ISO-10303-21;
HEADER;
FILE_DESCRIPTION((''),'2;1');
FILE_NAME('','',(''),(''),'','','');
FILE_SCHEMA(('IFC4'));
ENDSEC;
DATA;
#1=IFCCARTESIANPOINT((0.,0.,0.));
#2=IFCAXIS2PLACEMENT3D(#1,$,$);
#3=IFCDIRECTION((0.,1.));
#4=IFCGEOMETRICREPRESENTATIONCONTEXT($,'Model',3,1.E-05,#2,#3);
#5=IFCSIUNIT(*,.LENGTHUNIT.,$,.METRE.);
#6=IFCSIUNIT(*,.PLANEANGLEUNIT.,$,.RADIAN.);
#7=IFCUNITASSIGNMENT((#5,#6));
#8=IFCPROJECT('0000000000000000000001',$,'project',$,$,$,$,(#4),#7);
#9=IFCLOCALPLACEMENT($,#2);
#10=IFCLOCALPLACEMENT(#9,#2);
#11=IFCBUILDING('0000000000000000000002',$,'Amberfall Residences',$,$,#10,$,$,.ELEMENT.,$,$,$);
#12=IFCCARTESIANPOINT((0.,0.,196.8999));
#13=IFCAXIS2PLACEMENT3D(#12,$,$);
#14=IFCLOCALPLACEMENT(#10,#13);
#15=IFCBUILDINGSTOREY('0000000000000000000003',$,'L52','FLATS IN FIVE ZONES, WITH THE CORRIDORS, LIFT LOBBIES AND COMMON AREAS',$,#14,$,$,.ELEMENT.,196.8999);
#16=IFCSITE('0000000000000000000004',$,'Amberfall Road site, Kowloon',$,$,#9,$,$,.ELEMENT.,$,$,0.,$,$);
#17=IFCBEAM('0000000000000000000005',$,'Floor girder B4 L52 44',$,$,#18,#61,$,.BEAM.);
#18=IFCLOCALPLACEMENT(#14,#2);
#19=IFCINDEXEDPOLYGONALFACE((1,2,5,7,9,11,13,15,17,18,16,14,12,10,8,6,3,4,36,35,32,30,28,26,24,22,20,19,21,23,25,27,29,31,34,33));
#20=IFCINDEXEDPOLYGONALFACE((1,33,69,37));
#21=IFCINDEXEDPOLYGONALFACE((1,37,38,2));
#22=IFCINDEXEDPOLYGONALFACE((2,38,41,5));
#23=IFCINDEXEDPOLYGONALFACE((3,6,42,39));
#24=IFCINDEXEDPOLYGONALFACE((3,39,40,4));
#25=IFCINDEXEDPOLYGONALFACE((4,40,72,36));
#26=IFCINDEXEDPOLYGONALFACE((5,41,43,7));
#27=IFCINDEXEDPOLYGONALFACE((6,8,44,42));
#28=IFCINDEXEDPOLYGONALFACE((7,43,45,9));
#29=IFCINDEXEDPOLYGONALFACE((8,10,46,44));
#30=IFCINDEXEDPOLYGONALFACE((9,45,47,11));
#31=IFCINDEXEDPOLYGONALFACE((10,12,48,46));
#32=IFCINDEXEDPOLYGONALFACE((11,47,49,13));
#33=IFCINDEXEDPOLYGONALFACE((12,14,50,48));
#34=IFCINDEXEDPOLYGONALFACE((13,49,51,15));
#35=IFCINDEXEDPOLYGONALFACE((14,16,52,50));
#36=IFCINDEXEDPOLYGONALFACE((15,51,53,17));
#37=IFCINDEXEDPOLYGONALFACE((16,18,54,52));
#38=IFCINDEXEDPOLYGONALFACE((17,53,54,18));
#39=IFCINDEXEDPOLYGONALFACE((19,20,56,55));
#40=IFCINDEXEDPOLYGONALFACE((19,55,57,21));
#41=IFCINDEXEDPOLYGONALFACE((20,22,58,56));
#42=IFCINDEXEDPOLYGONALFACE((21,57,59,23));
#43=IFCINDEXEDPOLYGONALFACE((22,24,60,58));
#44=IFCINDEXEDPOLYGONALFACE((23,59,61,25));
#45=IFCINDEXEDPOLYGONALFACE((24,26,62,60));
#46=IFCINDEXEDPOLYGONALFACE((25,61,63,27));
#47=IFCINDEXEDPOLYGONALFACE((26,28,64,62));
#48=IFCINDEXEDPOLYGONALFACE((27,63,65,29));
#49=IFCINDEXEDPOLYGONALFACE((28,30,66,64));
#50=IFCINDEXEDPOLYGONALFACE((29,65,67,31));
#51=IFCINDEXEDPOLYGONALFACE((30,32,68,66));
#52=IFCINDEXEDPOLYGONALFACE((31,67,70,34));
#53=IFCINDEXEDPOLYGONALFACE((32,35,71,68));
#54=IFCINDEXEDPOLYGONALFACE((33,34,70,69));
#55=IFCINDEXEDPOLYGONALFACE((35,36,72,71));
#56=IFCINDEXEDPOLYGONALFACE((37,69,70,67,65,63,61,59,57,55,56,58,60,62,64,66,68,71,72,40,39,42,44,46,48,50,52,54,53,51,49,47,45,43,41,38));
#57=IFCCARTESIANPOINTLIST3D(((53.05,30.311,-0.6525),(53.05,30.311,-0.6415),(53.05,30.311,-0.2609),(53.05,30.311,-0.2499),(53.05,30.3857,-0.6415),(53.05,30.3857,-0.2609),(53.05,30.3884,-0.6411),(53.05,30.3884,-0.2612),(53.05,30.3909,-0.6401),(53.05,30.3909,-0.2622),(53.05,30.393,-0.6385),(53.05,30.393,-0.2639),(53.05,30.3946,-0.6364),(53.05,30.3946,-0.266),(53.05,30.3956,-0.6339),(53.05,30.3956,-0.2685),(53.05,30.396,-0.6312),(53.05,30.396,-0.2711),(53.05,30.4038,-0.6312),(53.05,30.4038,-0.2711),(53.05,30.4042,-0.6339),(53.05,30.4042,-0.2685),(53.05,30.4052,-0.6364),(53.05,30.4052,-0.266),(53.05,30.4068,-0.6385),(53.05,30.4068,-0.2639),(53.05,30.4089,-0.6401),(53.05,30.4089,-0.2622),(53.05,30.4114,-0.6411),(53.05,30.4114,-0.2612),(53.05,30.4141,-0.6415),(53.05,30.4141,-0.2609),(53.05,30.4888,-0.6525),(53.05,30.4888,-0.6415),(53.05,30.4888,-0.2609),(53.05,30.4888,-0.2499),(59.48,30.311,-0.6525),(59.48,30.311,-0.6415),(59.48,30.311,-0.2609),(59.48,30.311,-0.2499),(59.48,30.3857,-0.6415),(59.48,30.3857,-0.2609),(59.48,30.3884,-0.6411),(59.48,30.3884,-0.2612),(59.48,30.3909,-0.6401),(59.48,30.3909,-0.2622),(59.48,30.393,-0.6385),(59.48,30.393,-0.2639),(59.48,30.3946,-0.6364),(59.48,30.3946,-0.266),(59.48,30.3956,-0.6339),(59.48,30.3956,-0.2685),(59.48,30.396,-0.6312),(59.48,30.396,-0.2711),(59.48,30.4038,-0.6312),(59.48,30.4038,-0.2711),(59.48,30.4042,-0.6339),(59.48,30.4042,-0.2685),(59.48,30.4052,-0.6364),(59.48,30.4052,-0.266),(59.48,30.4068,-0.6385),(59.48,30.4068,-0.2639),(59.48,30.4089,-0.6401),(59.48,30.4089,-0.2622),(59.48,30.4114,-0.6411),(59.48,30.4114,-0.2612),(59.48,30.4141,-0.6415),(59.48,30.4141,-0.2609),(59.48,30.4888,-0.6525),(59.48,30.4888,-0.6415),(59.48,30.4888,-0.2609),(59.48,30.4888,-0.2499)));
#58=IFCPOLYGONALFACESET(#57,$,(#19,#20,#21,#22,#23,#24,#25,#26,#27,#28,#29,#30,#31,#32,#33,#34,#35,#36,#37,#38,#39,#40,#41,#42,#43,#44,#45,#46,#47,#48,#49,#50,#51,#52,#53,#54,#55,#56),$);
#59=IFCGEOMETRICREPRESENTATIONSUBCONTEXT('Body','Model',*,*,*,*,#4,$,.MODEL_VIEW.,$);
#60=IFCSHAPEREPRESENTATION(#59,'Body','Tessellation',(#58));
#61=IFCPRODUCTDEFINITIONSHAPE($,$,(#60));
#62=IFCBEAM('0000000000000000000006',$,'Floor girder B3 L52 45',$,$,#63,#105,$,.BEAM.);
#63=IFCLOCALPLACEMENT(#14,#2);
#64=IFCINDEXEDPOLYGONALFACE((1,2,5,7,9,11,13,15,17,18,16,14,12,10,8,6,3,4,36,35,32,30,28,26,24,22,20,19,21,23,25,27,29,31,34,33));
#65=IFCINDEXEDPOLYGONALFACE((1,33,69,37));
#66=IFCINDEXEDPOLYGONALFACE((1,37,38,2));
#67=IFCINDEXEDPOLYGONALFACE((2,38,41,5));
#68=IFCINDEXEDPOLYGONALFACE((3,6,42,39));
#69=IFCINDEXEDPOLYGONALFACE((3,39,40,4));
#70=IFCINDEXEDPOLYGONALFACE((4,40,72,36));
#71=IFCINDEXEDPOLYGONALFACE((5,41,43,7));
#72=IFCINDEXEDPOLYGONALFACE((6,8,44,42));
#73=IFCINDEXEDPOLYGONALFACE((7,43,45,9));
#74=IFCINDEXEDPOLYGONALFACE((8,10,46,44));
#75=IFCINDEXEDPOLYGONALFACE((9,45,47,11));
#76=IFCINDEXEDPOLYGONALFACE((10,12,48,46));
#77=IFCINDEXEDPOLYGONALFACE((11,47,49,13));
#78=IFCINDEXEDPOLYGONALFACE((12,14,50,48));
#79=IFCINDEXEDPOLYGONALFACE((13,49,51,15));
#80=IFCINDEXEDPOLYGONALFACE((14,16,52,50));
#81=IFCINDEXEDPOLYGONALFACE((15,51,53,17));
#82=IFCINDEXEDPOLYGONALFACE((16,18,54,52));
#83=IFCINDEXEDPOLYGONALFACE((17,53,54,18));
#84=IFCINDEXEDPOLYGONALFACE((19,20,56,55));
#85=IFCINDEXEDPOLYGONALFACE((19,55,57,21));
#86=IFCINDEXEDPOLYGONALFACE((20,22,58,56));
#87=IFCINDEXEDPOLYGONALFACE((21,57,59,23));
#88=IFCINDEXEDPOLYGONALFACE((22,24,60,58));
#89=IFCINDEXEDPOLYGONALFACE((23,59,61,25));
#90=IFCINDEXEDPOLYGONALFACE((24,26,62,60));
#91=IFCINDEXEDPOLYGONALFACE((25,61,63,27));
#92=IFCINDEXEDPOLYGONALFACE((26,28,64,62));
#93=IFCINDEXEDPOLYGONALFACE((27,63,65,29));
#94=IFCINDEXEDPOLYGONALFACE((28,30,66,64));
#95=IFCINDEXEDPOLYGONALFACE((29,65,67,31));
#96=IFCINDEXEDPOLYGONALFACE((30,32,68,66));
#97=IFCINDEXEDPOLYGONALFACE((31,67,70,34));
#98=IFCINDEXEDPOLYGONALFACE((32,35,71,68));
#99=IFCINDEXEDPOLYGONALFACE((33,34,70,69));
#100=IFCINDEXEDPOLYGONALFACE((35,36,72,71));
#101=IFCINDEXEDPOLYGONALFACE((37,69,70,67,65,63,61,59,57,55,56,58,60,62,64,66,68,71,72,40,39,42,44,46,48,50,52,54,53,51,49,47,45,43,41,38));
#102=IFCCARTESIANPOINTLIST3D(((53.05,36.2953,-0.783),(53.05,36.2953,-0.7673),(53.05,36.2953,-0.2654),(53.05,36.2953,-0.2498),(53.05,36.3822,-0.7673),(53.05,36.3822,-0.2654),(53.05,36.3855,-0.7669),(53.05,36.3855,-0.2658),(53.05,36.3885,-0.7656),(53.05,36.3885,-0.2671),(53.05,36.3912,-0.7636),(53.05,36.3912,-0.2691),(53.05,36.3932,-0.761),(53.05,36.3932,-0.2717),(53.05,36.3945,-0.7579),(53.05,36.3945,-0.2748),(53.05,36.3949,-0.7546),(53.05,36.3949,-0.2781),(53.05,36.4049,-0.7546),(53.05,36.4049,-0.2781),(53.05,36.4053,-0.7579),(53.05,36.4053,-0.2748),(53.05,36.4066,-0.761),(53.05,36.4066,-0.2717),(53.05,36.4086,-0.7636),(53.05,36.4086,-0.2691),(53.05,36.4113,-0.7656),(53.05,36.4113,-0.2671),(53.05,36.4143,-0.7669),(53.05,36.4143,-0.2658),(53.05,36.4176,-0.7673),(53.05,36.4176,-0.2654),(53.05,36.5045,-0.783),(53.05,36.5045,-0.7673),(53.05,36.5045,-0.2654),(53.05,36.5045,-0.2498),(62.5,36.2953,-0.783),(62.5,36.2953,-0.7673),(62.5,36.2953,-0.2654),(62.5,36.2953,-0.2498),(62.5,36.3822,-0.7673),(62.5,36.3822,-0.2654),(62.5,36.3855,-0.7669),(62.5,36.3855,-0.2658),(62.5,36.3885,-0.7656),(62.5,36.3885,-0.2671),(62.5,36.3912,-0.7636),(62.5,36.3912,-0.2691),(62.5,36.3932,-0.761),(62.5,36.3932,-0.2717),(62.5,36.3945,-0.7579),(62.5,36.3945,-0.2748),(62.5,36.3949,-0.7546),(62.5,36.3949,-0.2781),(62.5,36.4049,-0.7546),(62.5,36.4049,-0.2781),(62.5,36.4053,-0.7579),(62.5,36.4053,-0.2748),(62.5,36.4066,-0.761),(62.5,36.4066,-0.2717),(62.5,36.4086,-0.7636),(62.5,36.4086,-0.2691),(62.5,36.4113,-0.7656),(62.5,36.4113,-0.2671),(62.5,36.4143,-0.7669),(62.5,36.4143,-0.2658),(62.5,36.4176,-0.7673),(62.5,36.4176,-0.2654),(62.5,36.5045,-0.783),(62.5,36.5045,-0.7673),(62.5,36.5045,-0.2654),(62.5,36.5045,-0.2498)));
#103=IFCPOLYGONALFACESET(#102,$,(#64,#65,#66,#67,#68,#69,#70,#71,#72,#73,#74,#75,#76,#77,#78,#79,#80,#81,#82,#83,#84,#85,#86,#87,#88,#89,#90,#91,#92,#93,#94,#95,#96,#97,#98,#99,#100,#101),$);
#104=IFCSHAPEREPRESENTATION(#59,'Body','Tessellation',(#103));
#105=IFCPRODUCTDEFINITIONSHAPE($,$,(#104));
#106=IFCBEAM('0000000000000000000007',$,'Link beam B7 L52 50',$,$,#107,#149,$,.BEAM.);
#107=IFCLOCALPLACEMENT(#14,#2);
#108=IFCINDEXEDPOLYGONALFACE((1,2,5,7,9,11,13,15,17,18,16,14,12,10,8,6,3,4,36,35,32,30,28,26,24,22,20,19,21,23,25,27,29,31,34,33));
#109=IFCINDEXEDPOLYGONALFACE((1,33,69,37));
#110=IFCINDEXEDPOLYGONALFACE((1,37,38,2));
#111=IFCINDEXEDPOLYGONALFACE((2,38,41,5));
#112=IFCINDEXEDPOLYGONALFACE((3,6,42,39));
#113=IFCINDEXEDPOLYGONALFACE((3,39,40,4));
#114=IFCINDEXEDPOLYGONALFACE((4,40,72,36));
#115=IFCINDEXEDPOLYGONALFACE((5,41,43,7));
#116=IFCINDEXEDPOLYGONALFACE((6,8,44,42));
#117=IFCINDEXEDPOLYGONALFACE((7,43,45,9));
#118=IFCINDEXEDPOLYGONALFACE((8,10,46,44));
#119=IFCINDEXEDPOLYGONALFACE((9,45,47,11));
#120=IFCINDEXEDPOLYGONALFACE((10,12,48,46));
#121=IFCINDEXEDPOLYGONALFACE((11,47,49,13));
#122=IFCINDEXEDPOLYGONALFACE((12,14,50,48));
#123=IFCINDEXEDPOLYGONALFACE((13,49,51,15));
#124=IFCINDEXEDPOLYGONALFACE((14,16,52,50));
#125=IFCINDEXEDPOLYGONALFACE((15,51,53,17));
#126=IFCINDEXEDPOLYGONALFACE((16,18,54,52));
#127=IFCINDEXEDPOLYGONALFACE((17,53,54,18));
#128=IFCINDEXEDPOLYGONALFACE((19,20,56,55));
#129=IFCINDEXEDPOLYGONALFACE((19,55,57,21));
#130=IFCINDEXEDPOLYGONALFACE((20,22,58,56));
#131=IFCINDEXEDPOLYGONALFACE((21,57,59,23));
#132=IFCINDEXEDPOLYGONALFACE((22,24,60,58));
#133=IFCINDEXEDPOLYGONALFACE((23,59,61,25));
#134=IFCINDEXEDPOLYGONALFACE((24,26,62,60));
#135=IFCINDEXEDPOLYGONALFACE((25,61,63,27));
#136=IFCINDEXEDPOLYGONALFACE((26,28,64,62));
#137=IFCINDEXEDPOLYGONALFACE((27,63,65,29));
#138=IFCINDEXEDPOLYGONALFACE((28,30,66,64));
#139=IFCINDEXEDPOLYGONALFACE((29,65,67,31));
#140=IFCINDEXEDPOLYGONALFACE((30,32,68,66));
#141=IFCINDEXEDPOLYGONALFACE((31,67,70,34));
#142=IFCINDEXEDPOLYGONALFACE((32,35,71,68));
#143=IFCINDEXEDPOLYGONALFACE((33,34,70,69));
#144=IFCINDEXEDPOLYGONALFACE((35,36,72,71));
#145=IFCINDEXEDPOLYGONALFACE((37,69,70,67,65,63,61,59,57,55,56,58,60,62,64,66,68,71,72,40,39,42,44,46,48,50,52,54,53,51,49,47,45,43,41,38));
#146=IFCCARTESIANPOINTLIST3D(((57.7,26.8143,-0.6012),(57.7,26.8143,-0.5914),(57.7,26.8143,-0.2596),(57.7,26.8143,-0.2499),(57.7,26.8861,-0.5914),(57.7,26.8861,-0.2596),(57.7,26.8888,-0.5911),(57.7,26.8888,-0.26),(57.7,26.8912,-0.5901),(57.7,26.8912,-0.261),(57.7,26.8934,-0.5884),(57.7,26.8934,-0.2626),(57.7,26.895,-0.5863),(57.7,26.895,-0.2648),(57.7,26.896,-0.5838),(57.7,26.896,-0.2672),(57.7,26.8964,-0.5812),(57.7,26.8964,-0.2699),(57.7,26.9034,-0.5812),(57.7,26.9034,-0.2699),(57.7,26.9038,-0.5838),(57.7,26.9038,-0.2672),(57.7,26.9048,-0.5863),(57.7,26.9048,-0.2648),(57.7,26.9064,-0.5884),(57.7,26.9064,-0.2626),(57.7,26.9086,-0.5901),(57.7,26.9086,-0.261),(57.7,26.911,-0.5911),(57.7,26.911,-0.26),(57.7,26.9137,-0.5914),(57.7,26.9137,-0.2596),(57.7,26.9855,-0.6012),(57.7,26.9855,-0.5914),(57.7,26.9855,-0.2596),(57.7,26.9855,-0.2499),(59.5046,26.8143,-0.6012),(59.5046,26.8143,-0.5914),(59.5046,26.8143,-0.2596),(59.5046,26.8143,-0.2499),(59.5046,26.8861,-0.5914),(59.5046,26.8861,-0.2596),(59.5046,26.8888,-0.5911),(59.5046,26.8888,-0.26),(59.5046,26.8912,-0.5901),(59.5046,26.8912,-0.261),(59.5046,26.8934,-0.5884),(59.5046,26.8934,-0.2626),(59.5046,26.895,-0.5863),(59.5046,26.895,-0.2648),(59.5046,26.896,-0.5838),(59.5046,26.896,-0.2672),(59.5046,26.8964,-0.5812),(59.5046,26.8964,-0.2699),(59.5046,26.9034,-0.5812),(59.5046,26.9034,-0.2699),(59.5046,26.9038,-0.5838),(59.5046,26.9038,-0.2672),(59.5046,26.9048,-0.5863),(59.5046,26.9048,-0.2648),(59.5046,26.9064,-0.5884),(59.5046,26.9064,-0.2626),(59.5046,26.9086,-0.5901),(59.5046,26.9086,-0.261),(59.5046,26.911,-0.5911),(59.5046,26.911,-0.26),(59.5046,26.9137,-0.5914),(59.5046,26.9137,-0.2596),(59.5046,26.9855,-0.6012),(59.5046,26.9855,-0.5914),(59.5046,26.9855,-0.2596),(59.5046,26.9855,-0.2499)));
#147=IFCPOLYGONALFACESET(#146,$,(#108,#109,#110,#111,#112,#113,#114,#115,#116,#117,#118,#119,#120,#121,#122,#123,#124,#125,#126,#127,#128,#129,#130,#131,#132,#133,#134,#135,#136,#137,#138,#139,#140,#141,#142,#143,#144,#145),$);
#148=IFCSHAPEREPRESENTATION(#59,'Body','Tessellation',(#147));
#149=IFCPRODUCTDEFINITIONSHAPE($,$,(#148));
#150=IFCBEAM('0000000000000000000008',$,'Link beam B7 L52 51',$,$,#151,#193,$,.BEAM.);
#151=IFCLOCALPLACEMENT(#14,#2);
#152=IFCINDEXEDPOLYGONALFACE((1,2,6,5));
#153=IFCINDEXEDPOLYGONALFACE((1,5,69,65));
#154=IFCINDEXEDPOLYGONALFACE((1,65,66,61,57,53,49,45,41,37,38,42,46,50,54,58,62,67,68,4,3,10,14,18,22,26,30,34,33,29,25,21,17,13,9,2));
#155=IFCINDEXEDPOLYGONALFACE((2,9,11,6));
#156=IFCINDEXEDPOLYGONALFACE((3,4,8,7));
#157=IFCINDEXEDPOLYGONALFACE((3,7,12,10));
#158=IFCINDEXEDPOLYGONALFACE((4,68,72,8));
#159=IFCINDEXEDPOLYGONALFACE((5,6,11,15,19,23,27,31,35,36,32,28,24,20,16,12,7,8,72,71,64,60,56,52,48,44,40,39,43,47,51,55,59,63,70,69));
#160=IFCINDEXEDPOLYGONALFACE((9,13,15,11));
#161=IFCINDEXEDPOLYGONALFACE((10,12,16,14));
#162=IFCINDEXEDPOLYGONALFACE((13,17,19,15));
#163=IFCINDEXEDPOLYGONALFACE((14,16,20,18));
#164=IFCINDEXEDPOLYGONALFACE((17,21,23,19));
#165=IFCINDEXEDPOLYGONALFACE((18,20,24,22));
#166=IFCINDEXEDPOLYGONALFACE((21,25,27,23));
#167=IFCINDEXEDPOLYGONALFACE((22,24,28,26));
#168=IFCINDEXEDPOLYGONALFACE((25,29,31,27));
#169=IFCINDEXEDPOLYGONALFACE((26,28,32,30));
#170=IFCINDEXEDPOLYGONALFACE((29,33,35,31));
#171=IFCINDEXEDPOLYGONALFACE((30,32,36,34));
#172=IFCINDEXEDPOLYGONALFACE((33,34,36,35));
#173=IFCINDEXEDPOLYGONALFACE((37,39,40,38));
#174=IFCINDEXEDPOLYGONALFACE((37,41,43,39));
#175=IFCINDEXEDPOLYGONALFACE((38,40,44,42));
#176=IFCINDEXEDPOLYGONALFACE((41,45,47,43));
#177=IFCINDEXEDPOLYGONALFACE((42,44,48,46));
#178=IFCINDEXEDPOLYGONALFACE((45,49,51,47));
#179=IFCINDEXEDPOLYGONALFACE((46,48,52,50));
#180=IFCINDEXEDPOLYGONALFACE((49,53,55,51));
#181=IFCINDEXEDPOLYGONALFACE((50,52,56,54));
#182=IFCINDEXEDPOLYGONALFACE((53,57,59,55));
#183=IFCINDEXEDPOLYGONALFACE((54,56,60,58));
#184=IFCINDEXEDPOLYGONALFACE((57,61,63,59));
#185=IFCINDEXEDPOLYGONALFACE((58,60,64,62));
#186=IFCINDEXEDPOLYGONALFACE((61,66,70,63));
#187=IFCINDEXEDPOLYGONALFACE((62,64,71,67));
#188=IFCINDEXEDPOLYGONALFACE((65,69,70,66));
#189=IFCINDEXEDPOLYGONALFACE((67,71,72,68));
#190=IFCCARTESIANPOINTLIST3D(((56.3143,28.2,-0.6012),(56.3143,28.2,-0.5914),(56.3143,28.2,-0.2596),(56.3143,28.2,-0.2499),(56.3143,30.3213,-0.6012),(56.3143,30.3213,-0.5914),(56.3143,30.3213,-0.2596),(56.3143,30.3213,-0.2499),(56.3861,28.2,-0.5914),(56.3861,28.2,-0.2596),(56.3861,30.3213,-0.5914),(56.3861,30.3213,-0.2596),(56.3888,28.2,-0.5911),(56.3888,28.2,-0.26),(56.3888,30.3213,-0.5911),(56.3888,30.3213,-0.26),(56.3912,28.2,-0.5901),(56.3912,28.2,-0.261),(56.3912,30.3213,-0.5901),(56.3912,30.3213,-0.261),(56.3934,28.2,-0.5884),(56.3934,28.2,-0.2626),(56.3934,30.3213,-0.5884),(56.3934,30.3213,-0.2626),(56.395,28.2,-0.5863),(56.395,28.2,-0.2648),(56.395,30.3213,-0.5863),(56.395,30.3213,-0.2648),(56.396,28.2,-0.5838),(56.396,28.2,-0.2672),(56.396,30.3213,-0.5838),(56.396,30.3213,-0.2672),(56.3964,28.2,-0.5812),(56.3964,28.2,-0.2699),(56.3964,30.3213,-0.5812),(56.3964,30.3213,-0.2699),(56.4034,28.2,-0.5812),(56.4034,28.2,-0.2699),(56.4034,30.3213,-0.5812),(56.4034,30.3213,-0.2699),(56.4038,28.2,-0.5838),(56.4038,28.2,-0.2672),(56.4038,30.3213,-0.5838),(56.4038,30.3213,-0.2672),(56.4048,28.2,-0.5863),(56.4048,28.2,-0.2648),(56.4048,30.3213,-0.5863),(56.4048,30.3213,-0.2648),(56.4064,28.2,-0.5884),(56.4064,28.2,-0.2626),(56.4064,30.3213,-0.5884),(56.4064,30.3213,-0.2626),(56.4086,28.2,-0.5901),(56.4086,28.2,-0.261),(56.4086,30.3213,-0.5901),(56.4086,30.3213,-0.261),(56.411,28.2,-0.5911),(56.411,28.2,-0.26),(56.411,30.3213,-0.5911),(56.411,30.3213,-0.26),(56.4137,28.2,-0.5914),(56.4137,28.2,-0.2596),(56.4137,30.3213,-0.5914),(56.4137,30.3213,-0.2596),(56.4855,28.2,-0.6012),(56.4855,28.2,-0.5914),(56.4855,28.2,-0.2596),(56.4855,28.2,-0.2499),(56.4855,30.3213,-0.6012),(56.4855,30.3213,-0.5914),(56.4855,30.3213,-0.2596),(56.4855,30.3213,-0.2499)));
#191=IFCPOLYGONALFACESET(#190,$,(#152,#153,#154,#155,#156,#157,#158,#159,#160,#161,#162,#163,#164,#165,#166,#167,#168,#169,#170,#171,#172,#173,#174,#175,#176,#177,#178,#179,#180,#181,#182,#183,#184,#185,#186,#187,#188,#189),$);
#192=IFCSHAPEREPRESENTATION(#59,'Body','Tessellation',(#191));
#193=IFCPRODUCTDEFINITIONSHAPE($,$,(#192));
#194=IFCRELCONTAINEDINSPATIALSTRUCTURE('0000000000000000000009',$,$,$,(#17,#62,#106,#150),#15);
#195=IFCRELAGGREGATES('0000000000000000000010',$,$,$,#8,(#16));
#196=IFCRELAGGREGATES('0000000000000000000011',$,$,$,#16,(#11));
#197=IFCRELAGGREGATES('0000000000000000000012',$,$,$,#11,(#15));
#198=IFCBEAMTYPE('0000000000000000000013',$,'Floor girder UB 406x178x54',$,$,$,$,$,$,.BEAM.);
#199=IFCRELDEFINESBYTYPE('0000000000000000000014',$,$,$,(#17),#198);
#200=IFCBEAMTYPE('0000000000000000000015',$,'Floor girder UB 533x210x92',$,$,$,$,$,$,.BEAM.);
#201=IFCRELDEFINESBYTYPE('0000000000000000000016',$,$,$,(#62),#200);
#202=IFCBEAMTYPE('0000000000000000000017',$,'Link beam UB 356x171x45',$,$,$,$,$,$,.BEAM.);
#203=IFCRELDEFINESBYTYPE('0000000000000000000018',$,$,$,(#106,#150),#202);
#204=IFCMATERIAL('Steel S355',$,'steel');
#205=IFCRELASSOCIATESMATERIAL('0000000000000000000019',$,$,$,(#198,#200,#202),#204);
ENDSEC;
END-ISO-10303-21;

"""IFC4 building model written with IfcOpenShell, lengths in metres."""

from ifc_helpers import new_model, si_unit, direction, frame, origin, origin_2d, place, context, subcontext, project, spatial, i_section, extrude, material, material_profile, profile_set, type_object, element, save


model = new_model("IFC4")

# Units and contexts
model_context = context("Model", 3, precision=1e-05, world=origin(), true_north=direction((0.0, 1.0)))
body_context = subcontext(model_context, "Body", "Model", "MODEL_VIEW")
ifc_project = project(units=[si_unit("LENGTHUNIT", "METRE"), si_unit("PLANEANGLEUNIT", "RADIAN")], contexts=[model_context])

# Site, building, storey
site_placement = place(None, origin())
site = spatial("IfcSite", under=ifc_project, at=site_placement, Name="Amberfall Road site, Kowloon", CompositionType="ELEMENT", RefElevation=0.0)
building_placement = place(site_placement, origin())
building = spatial("IfcBuilding", under=site, at=building_placement, Name="Amberfall Residences", CompositionType="ELEMENT")
storey_placement = place(building_placement, frame((0.0, 0.0, 196.8999)))
storey = spatial("IfcBuildingStorey", under=building, at=storey_placement, Name="L52", Description="FLATS IN FIVE ZONES, WITH THE CORRIDORS, LIFT LOBBIES AND COMMON AREAS", CompositionType="ELEMENT", Elevation=196.8999)

# Beams
ifc_material_1 = material(Name="Steel S355", Category="steel")
ifc_material_profile_1 = material_profile(ifc_material_1, i_section(OverallWidth=0.1777, OverallDepth=0.4026, WebThickness=0.0078, FlangeThickness=0.011, FilletRadius=0.0103, at=origin_2d()), Name="UB 406x178x54")
ifc_profile_set_1 = profile_set([ifc_material_profile_1], Name="Steel S355")
beam_type_1 = type_object("IfcBeamType", Name="Floor girder UB 406x178x54", PredefinedType="BEAM", material=ifc_profile_set_1)
beam_1_placement = place(storey_placement, frame((53.05, 30.3999, -0.4512), z_axis=(1.0, 0.0, 0.0), x_axis=(0.0, 1.0, 0.0)))
element("IfcBeam", 1, at=beam_1_placement, inside=storey, type_object=beam_type_1, Name="Floor girder B4 L52 44", PredefinedType="BEAM", context=body_context, shape_type="SweptSolid", body=[
    extrude(i_section(OverallWidth=0.1777, OverallDepth=0.4026, WebThickness=0.0078, FlangeThickness=0.011, FilletRadius=0.0103, at=origin_2d()), origin(), (0.0, 0.0, 1.0), 6.4299),
])
ifc_material_profile_2 = material_profile(ifc_material_1, i_section(OverallWidth=0.2092, OverallDepth=0.5332, WebThickness=0.01, FlangeThickness=0.0156, FilletRadius=0.0127, at=origin_2d()), Name="UB 533x210x92")
ifc_profile_set_2 = profile_set([ifc_material_profile_2], Name="Steel S355")
beam_type_2 = type_object("IfcBeamType", Name="Floor girder UB 533x210x92", PredefinedType="BEAM", material=ifc_profile_set_2)
beam_2_placement = place(storey_placement, frame((53.05, 36.3999, -0.5164), z_axis=(1.0, 0.0, 0.0), x_axis=(0.0, 1.0, 0.0)))
element("IfcBeam", 2, at=beam_2_placement, inside=storey, type_object=beam_type_2, Name="Floor girder B3 L52 45", PredefinedType="BEAM", context=body_context, shape_type="SweptSolid", body=[
    extrude(i_section(OverallWidth=0.2092, OverallDepth=0.5332, WebThickness=0.01, FlangeThickness=0.0156, FilletRadius=0.0127, at=origin_2d()), origin(), (0.0, 0.0, 1.0), 9.45),
])
ifc_material_profile_3 = material_profile(ifc_material_1, i_section(OverallWidth=0.1711, OverallDepth=0.3513, WebThickness=0.0071, FlangeThickness=0.0098, FilletRadius=0.0103, at=origin_2d()), Name="UB 356x171x45")
ifc_profile_set_3 = profile_set([ifc_material_profile_3], Name="Steel S355")
beam_type_3 = type_object("IfcBeamType", Name="Link beam UB 356x171x45", PredefinedType="BEAM", material=ifc_profile_set_3)
beam_3_placement = place(storey_placement, frame((57.7, 26.8999, -0.4255), z_axis=(1.0, 0.0, 0.0), x_axis=(0.0, 1.0, 0.0)))
element("IfcBeam", 3, at=beam_3_placement, inside=storey, type_object=beam_type_3, Name="Link beam B7 L52 50", PredefinedType="BEAM", context=body_context, shape_type="SweptSolid", body=[
    extrude(i_section(OverallWidth=0.1711, OverallDepth=0.3513, WebThickness=0.0071, FlangeThickness=0.0098, FilletRadius=0.0103, at=origin_2d()), origin(), (0.0, 0.0, 1.0), 1.8047),
])
beam_4_placement = place(storey_placement, frame((56.3999, 28.2, -0.4255), z_axis=(0.0, 1.0, 0.0), x_axis=(-1.0, 0.0, 0.0)))
element("IfcBeam", 4, at=beam_4_placement, inside=storey, type_object=beam_type_3, Name="Link beam B7 L52 51", PredefinedType="BEAM", context=body_context, shape_type="SweptSolid", body=[
    extrude(i_section(OverallWidth=0.1711, OverallDepth=0.3513, WebThickness=0.0071, FlangeThickness=0.0098, FilletRadius=0.0103, at=origin_2d()), origin(), (0.0, 0.0, 1.0), 2.1213),
])

save(model, "model.ifc")
